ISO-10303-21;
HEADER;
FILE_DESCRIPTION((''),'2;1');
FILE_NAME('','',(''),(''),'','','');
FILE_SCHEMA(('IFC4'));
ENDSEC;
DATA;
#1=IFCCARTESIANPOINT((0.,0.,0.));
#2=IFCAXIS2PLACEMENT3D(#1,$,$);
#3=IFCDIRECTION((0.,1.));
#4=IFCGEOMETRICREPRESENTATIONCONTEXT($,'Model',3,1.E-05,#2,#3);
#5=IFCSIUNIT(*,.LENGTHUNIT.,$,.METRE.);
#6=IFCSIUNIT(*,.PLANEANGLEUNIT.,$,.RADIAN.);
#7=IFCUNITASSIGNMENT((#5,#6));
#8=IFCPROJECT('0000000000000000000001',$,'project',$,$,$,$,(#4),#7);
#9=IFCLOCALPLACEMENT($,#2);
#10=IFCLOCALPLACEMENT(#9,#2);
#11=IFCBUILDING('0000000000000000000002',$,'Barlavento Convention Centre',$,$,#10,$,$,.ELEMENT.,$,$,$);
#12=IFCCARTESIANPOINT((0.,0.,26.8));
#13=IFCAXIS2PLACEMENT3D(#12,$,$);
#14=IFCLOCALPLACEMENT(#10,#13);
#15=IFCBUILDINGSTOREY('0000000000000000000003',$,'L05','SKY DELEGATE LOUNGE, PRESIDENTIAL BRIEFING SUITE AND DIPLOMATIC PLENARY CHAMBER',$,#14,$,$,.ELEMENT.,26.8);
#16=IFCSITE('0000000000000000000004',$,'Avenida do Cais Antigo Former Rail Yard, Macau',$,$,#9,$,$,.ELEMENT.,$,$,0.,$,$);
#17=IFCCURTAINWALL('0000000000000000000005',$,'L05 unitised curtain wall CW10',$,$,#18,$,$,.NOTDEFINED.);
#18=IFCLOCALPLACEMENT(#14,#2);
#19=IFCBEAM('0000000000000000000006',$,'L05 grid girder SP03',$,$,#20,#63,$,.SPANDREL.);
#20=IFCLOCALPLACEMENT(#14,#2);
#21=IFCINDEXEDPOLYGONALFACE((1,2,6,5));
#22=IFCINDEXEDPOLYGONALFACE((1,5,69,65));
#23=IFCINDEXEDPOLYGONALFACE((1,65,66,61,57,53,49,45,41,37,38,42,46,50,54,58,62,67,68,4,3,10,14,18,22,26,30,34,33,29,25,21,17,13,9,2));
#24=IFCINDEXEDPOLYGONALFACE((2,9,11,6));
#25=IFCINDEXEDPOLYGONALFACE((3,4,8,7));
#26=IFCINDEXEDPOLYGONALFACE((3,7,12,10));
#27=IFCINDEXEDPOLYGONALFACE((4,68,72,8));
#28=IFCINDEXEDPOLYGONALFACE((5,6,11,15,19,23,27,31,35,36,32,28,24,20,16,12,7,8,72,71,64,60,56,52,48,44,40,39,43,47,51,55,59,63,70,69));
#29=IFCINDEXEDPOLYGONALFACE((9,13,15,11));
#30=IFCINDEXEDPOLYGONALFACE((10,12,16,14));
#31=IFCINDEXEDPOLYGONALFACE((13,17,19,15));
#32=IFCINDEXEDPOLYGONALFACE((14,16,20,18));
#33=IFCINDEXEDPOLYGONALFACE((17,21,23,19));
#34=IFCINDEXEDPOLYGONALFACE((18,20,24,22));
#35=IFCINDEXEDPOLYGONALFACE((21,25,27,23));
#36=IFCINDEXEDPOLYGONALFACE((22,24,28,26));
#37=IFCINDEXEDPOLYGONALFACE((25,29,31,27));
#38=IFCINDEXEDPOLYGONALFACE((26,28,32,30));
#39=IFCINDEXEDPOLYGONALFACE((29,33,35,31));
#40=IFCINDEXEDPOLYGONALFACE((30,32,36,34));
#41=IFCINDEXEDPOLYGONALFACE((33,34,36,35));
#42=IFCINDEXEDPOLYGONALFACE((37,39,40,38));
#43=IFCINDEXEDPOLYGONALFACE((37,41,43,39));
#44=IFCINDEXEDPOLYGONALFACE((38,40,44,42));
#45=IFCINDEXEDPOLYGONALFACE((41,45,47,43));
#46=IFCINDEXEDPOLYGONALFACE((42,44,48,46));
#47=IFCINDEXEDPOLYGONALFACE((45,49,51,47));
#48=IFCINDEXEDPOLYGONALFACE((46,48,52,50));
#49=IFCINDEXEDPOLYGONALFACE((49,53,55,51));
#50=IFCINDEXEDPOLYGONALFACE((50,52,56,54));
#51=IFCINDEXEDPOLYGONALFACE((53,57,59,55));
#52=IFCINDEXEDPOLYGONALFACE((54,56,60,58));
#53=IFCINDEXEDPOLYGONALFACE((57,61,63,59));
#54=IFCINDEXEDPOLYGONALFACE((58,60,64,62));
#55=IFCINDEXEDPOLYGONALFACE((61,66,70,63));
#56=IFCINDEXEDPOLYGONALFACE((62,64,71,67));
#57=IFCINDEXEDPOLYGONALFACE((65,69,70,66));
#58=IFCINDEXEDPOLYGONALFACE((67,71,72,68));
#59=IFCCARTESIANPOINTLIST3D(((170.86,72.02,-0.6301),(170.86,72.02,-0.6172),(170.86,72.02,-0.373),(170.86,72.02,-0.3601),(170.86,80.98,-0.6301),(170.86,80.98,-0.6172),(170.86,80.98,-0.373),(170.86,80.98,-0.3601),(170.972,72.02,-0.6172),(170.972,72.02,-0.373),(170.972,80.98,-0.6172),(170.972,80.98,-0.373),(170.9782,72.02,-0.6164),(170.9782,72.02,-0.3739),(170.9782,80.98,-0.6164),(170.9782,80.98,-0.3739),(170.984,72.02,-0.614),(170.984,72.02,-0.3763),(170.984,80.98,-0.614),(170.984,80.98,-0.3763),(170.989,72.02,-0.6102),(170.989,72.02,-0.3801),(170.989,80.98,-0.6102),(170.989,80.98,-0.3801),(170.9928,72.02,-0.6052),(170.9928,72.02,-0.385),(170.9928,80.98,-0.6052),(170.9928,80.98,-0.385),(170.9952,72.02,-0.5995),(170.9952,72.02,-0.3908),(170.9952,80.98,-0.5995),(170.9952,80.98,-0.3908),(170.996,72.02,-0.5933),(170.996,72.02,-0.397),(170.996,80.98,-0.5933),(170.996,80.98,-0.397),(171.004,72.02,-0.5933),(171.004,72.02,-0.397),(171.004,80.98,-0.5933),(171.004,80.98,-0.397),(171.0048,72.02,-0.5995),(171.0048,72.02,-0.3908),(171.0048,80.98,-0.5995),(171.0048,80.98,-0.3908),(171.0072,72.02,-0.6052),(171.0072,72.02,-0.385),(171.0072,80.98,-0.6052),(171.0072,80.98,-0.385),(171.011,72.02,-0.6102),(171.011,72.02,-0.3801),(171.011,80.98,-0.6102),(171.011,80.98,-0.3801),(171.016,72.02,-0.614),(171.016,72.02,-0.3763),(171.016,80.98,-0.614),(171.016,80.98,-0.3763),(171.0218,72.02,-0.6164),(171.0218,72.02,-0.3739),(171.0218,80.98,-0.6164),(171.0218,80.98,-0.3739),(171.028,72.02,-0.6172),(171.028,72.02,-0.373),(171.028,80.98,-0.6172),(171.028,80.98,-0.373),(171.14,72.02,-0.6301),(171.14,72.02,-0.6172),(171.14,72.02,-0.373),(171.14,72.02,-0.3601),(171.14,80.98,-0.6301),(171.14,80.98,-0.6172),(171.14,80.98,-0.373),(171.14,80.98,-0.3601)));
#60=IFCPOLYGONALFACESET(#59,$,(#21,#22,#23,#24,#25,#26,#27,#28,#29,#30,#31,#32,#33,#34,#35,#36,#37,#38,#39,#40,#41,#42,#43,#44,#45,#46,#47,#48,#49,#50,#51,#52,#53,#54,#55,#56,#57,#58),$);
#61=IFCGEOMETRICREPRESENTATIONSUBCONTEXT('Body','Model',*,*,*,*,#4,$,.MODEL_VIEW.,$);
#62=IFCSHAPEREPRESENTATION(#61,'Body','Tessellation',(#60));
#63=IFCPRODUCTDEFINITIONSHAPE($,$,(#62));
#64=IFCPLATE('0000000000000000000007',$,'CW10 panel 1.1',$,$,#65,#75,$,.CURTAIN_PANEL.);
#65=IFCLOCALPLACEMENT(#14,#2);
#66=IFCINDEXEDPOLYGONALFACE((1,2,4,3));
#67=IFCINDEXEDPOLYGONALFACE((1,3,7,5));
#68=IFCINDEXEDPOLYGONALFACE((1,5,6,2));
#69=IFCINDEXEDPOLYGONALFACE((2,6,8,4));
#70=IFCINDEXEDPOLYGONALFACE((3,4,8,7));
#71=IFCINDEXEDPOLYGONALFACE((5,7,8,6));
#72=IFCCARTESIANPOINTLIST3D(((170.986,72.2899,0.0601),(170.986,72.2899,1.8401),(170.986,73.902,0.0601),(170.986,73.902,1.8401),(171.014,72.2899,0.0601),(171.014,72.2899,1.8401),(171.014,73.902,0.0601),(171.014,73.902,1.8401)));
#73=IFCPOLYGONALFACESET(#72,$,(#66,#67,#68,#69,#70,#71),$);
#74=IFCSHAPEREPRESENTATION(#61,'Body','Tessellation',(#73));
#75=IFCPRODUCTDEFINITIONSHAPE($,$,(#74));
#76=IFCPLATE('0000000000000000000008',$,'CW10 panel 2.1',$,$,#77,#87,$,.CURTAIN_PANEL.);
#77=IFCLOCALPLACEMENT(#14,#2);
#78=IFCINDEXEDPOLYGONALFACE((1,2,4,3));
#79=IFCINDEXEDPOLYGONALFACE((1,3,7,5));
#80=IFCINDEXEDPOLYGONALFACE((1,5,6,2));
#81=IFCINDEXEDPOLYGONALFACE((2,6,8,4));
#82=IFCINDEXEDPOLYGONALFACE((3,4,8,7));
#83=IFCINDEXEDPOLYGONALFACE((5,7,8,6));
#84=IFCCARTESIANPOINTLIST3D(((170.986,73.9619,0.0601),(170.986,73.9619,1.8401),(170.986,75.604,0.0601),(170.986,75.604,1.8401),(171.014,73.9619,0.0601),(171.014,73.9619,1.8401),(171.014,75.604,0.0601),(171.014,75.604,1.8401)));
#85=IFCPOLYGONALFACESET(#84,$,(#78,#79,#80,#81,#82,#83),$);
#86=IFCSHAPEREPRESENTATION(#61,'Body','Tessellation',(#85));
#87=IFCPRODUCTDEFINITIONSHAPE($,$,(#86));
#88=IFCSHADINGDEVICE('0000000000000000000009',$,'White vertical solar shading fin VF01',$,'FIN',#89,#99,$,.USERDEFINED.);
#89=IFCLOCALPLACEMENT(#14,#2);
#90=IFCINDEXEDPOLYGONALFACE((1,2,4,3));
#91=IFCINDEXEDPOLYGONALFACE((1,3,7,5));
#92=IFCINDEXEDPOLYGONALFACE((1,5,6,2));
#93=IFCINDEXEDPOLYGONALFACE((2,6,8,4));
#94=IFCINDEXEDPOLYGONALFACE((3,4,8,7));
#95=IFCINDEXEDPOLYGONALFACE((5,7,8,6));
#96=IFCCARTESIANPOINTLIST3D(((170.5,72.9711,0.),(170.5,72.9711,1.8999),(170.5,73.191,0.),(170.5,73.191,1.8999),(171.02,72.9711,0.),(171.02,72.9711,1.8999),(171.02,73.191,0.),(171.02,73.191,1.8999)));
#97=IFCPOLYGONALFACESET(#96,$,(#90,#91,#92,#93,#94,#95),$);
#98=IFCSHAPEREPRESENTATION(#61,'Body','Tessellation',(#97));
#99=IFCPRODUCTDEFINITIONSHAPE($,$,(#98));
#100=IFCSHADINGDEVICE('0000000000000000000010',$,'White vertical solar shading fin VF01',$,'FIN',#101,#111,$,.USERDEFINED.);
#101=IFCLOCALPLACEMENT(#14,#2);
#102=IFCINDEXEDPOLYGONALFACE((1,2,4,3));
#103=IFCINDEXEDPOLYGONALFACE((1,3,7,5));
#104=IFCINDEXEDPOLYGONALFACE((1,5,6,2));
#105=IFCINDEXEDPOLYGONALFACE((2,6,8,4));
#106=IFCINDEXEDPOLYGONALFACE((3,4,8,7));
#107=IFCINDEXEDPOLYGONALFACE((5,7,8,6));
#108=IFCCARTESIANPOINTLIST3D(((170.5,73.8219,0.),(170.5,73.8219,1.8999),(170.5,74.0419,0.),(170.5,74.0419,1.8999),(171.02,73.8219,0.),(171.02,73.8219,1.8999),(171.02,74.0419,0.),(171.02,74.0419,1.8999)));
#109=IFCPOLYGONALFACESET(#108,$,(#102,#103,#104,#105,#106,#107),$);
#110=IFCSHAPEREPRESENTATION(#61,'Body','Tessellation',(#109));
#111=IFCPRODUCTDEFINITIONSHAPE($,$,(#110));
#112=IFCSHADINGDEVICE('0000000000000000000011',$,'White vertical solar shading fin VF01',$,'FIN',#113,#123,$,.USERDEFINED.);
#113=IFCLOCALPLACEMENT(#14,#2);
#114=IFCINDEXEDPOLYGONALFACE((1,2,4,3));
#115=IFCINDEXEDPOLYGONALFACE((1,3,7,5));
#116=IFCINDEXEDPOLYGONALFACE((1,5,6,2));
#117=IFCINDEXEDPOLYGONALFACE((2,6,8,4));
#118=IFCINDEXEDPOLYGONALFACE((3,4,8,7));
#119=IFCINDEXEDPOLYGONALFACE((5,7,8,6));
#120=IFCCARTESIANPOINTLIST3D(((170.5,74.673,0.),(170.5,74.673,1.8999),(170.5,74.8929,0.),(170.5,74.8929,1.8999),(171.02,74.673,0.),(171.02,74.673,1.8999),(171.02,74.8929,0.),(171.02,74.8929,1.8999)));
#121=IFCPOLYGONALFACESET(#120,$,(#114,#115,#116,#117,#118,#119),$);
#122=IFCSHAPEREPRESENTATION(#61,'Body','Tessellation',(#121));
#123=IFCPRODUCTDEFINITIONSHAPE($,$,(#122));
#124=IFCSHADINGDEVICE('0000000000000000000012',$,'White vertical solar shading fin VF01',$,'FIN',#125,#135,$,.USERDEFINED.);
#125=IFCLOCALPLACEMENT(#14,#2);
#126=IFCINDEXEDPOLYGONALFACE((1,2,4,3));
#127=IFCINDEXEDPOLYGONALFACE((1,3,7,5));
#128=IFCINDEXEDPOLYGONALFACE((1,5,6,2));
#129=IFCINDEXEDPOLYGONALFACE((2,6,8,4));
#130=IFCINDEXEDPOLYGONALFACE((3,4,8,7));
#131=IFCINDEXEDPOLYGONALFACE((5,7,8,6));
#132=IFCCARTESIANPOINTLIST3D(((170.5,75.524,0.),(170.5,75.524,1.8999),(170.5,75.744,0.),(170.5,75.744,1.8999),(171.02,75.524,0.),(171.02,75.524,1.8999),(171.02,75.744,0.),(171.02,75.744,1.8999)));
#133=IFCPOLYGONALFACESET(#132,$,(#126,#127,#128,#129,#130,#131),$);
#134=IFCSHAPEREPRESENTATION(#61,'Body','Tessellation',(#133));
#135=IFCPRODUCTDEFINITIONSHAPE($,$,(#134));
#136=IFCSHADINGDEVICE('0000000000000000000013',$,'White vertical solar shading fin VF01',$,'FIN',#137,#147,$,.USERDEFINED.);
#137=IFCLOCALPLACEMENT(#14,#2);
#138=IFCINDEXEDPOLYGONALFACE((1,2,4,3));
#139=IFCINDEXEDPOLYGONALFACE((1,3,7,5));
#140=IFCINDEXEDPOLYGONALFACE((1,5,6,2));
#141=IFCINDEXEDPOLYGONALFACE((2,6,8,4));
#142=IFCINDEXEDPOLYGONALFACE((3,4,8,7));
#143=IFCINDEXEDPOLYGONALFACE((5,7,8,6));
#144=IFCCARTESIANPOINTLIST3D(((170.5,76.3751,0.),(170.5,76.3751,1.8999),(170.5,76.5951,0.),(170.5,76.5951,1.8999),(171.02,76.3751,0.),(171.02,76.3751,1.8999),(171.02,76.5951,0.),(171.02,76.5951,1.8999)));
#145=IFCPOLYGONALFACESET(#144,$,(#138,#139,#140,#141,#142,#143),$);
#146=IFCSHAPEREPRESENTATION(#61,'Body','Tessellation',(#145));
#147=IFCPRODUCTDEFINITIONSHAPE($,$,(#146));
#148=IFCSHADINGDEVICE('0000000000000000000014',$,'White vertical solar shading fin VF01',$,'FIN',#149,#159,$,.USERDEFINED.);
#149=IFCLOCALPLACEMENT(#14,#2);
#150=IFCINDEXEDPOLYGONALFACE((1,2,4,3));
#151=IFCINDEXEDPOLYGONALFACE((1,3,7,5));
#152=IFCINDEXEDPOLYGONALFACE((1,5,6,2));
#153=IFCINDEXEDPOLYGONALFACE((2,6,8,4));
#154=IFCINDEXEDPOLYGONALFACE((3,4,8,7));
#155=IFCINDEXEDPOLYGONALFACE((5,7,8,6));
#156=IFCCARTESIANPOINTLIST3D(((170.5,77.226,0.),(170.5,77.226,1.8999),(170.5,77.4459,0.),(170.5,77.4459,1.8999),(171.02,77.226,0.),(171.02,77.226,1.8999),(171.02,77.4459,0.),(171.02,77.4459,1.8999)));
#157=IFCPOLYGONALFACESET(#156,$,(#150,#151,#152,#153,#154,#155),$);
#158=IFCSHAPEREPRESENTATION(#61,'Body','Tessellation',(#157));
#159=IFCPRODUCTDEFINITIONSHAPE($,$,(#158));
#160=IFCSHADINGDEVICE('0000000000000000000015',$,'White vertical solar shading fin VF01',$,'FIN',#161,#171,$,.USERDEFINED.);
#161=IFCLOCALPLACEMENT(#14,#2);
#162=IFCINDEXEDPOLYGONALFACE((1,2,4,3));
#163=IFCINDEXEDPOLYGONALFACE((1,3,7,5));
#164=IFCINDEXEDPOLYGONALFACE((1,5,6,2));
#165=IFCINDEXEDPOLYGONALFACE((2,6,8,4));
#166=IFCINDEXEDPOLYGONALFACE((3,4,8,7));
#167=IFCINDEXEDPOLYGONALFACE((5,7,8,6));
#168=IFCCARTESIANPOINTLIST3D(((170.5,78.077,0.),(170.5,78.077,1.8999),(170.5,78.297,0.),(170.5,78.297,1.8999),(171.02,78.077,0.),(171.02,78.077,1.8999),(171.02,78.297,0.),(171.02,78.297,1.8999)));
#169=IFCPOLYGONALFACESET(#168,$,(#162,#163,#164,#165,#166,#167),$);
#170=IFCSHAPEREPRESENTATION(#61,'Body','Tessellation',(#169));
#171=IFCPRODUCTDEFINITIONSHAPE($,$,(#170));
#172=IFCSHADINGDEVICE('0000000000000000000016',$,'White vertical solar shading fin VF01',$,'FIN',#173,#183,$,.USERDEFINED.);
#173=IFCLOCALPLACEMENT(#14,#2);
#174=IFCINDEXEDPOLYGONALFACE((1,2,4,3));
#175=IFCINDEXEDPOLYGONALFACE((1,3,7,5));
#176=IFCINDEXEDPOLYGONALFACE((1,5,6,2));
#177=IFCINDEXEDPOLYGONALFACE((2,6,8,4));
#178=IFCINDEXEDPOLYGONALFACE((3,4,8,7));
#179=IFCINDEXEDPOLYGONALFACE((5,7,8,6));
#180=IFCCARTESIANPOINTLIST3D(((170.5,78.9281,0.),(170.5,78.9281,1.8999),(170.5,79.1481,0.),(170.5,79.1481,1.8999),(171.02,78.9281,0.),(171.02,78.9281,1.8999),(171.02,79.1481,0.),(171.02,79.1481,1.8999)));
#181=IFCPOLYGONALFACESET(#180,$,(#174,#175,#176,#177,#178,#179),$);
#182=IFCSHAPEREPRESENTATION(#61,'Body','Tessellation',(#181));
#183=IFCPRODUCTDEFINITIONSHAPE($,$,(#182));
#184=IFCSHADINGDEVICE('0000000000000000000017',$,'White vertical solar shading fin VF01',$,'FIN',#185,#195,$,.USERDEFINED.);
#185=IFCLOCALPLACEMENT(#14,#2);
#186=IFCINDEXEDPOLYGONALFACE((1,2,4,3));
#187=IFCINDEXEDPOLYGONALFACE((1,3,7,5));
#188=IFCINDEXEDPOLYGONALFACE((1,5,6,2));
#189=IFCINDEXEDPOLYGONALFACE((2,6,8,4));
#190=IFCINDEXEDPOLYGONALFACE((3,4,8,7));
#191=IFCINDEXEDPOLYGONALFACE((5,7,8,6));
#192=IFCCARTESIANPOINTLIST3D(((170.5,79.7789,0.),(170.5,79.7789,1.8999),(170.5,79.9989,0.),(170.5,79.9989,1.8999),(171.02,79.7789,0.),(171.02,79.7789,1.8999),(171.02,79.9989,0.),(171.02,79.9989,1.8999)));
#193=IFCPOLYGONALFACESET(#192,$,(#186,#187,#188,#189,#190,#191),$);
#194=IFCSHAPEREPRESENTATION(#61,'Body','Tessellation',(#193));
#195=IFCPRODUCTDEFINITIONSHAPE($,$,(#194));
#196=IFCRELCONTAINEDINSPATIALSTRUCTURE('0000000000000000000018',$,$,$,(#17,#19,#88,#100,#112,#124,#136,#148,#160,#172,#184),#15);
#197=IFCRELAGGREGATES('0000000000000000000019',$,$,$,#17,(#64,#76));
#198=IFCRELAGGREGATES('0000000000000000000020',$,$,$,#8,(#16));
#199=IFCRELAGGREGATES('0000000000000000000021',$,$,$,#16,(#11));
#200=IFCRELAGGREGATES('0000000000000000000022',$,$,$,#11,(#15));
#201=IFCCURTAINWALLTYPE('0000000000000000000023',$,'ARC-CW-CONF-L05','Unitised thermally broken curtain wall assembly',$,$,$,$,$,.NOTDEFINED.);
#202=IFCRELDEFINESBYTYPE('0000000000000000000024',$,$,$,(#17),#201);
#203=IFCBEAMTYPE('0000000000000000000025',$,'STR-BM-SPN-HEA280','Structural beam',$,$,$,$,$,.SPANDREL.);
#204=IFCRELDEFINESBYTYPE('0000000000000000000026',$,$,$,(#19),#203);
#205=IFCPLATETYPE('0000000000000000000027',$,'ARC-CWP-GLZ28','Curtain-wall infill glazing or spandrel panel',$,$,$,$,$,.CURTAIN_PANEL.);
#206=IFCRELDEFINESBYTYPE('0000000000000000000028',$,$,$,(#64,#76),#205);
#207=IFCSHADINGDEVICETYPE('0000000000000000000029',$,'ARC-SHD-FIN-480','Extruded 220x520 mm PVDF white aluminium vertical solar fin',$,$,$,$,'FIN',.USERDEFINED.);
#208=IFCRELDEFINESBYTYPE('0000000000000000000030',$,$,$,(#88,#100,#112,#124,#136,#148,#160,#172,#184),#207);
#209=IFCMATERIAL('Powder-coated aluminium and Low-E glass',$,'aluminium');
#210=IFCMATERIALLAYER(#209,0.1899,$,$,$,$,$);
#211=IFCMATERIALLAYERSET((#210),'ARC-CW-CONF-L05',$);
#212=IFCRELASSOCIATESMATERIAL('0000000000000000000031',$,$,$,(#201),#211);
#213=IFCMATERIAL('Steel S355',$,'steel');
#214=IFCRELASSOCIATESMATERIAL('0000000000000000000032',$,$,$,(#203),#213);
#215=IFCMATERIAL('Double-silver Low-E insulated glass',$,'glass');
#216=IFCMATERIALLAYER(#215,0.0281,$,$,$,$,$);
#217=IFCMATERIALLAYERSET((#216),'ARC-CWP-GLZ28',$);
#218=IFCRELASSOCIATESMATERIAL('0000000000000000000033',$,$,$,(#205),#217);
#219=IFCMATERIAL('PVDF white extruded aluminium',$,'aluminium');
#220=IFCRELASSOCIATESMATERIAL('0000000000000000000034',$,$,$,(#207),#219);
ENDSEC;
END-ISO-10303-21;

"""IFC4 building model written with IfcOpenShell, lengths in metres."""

from ifc_helpers import new_model, si_unit, direction, frame, origin, origin_2d, place, context, subcontext, project, spatial, rectangle, i_section, extrude, material, layer, layer_set, material_profile, profile_set, type_object, element, aggregate, save


model = new_model("IFC4")

# Units and contexts
model_context = context("Model", 3, precision=1e-05, world=origin(), true_north=direction((0.0, 1.0)))
body_context = subcontext(model_context, "Body", "Model", "MODEL_VIEW")
ifc_project = project(units=[si_unit("LENGTHUNIT", "METRE"), si_unit("PLANEANGLEUNIT", "RADIAN")], contexts=[model_context])

# Site, building, storey
site_placement = place(None, origin())
site = spatial("IfcSite", under=ifc_project, at=site_placement, Name="Avenida do Cais Antigo Former Rail Yard, Macau", CompositionType="ELEMENT", RefElevation=0.0)
building_placement = place(site_placement, origin())
building = spatial("IfcBuilding", under=site, at=building_placement, Name="Barlavento Convention Centre", CompositionType="ELEMENT")
storey_placement = place(building_placement, frame((0.0, 0.0, 26.8)))
storey = spatial("IfcBuildingStorey", under=building, at=storey_placement, Name="L05", Description="SKY DELEGATE LOUNGE, PRESIDENTIAL BRIEFING SUITE AND DIPLOMATIC PLENARY CHAMBER", CompositionType="ELEMENT", Elevation=26.8)

# Curtain wall
ifc_material_1 = material(Name="Powder-coated aluminium and Low-E glass", Category="aluminium")
ifc_layer_1 = layer(ifc_material_1, 0.1899)
ifc_layer_set_1 = layer_set([ifc_layer_1], Name="ARC-CW-CONF-L05")
curtain_wall_type = type_object("IfcCurtainWallType", Name="ARC-CW-CONF-L05", Description="Unitised thermally broken curtain wall assembly", PredefinedType="NOTDEFINED", material=ifc_layer_set_1)
curtain_wall_placement = place(storey_placement, origin())
curtain_wall = element("IfcCurtainWall", 1, at=curtain_wall_placement, inside=storey, type_object=curtain_wall_type, Name="L05 unitised curtain wall CW10", PredefinedType="NOTDEFINED")

# Beam
ifc_material_2 = material(Name="Steel S355", Category="steel")
ifc_material_profile_1 = material_profile(ifc_material_2, i_section(OverallWidth=0.28, OverallDepth=0.27, WebThickness=0.0081, FlangeThickness=0.0129, FilletRadius=0.0239, at=origin_2d()), Name="HEA 280")
ifc_profile_set_1 = profile_set([ifc_material_profile_1], Name="Steel S355")
beam_type = type_object("IfcBeamType", Name="STR-BM-SPN-HEA280", Description="Structural beam", PredefinedType="SPANDREL", material=ifc_profile_set_1)
beam_placement = place(storey_placement, frame((171.0, 72.02, -0.4951), z_axis=(0.0, 1.0, 0.0), x_axis=(-1.0, 0.0, 0.0)))
element("IfcBeam", 2, at=beam_placement, inside=storey, type_object=beam_type, Name="L05 grid girder SP03", PredefinedType="SPANDREL", context=body_context, shape_type="SweptSolid", body=[
    extrude(i_section(OverallWidth=0.28, OverallDepth=0.27, WebThickness=0.0081, FlangeThickness=0.0129, FilletRadius=0.0239, at=origin_2d()), origin(), (0.0, 0.0, 1.0), 8.96),
])

# Plates
ifc_material_3 = material(Name="Double-silver Low-E insulated glass", Category="glass")
ifc_layer_2 = layer(ifc_material_3, 0.0281)
ifc_layer_set_2 = layer_set([ifc_layer_2], Name="ARC-CWP-GLZ28")
plate_type = type_object("IfcPlateType", Name="ARC-CWP-GLZ28", Description="Curtain-wall infill glazing or spandrel panel", PredefinedType="CURTAIN_PANEL", material=ifc_layer_set_2)
plate_1_placement = place(storey_placement, frame((171.0, 73.0959, 0.0601), z_axis=(0.0, 0.0, 1.0), x_axis=(0.0, 1.0, 0.0)))
plate_1 = element("IfcPlate", 3, at=plate_1_placement, type_object=plate_type, Name="CW10 panel 1.1", PredefinedType="CURTAIN_PANEL", context=body_context, shape_type="SweptSolid", body=[
    extrude(rectangle(XDim=1.6121, YDim=0.0281, at=origin_2d()), origin(), (0.0, 0.0, 1.0), 1.78),
])
plate_2_placement = place(storey_placement, frame((171.0, 74.783, 0.0601), z_axis=(0.0, 0.0, 1.0), x_axis=(0.0, 1.0, 0.0)))
plate_2 = element("IfcPlate", 4, at=plate_2_placement, type_object=plate_type, Name="CW10 panel 2.1", PredefinedType="CURTAIN_PANEL", context=body_context, shape_type="SweptSolid", body=[
    extrude(rectangle(XDim=1.6421, YDim=0.0281, at=origin_2d()), origin(), (0.0, 0.0, 1.0), 1.78),
])
aggregate(curtain_wall, [plate_1, plate_2])

# Shading devices
ifc_material_4 = material(Name="PVDF white extruded aluminium", Category="aluminium")
shading_device_type = type_object("IfcShadingDeviceType", Name="ARC-SHD-FIN-480", Description="Extruded 220x520 mm PVDF white aluminium vertical solar fin", ElementType="FIN", PredefinedType="USERDEFINED", material=ifc_material_4)
for number, where, z_axis, x_axis, name in (
    (5, (170.76, 73.0811, 0.0), (0.0, 0.0, 1.0), (0.0, 1.0, 0.0), "White vertical solar shading fin VF01"),
    (6, (170.76, 73.9319, 0.0), (0.0, 0.0, 1.0), (0.0, 1.0, 0.0), "White vertical solar shading fin VF01"),
    (7, (170.76, 74.783, 0.0), (0.0, 0.0, 1.0), (0.0, 1.0, 0.0), "White vertical solar shading fin VF01"),
    (8, (170.76, 75.634, 0.0), (0.0, 0.0, 1.0), (0.0, 1.0, 0.0), "White vertical solar shading fin VF01"),
    (9, (170.76, 76.4851, 0.0), (0.0, 0.0, 1.0), (0.0, 1.0, 0.0), "White vertical solar shading fin VF01"),
    (10, (170.76, 77.3359, 0.0), (0.0, 0.0, 1.0), (0.0, 1.0, 0.0), "White vertical solar shading fin VF01"),
    (11, (170.76, 78.187, 0.0), (0.0, 0.0, 1.0), (0.0, 1.0, 0.0), "White vertical solar shading fin VF01"),
    (12, (170.76, 79.0381, 0.0), (0.0, 0.0, 1.0), (0.0, 1.0, 0.0), "White vertical solar shading fin VF01"),
    (13, (170.76, 79.8889, 0.0), (0.0, 0.0, 1.0), (0.0, 1.0, 0.0), "White vertical solar shading fin VF01"),
):
    element("IfcShadingDevice", number, at=place(storey_placement, frame(where, z_axis=z_axis, x_axis=x_axis)), inside=storey, type_object=shading_device_type, Name=name, ObjectType="FIN", PredefinedType="USERDEFINED", context=body_context, shape_type="SweptSolid", body=[
        extrude(rectangle(XDim=0.22, YDim=0.52, at=origin_2d()), origin(), (0.0, 0.0, 1.0), 1.8999),
    ])

save(model, "model.ifc")
